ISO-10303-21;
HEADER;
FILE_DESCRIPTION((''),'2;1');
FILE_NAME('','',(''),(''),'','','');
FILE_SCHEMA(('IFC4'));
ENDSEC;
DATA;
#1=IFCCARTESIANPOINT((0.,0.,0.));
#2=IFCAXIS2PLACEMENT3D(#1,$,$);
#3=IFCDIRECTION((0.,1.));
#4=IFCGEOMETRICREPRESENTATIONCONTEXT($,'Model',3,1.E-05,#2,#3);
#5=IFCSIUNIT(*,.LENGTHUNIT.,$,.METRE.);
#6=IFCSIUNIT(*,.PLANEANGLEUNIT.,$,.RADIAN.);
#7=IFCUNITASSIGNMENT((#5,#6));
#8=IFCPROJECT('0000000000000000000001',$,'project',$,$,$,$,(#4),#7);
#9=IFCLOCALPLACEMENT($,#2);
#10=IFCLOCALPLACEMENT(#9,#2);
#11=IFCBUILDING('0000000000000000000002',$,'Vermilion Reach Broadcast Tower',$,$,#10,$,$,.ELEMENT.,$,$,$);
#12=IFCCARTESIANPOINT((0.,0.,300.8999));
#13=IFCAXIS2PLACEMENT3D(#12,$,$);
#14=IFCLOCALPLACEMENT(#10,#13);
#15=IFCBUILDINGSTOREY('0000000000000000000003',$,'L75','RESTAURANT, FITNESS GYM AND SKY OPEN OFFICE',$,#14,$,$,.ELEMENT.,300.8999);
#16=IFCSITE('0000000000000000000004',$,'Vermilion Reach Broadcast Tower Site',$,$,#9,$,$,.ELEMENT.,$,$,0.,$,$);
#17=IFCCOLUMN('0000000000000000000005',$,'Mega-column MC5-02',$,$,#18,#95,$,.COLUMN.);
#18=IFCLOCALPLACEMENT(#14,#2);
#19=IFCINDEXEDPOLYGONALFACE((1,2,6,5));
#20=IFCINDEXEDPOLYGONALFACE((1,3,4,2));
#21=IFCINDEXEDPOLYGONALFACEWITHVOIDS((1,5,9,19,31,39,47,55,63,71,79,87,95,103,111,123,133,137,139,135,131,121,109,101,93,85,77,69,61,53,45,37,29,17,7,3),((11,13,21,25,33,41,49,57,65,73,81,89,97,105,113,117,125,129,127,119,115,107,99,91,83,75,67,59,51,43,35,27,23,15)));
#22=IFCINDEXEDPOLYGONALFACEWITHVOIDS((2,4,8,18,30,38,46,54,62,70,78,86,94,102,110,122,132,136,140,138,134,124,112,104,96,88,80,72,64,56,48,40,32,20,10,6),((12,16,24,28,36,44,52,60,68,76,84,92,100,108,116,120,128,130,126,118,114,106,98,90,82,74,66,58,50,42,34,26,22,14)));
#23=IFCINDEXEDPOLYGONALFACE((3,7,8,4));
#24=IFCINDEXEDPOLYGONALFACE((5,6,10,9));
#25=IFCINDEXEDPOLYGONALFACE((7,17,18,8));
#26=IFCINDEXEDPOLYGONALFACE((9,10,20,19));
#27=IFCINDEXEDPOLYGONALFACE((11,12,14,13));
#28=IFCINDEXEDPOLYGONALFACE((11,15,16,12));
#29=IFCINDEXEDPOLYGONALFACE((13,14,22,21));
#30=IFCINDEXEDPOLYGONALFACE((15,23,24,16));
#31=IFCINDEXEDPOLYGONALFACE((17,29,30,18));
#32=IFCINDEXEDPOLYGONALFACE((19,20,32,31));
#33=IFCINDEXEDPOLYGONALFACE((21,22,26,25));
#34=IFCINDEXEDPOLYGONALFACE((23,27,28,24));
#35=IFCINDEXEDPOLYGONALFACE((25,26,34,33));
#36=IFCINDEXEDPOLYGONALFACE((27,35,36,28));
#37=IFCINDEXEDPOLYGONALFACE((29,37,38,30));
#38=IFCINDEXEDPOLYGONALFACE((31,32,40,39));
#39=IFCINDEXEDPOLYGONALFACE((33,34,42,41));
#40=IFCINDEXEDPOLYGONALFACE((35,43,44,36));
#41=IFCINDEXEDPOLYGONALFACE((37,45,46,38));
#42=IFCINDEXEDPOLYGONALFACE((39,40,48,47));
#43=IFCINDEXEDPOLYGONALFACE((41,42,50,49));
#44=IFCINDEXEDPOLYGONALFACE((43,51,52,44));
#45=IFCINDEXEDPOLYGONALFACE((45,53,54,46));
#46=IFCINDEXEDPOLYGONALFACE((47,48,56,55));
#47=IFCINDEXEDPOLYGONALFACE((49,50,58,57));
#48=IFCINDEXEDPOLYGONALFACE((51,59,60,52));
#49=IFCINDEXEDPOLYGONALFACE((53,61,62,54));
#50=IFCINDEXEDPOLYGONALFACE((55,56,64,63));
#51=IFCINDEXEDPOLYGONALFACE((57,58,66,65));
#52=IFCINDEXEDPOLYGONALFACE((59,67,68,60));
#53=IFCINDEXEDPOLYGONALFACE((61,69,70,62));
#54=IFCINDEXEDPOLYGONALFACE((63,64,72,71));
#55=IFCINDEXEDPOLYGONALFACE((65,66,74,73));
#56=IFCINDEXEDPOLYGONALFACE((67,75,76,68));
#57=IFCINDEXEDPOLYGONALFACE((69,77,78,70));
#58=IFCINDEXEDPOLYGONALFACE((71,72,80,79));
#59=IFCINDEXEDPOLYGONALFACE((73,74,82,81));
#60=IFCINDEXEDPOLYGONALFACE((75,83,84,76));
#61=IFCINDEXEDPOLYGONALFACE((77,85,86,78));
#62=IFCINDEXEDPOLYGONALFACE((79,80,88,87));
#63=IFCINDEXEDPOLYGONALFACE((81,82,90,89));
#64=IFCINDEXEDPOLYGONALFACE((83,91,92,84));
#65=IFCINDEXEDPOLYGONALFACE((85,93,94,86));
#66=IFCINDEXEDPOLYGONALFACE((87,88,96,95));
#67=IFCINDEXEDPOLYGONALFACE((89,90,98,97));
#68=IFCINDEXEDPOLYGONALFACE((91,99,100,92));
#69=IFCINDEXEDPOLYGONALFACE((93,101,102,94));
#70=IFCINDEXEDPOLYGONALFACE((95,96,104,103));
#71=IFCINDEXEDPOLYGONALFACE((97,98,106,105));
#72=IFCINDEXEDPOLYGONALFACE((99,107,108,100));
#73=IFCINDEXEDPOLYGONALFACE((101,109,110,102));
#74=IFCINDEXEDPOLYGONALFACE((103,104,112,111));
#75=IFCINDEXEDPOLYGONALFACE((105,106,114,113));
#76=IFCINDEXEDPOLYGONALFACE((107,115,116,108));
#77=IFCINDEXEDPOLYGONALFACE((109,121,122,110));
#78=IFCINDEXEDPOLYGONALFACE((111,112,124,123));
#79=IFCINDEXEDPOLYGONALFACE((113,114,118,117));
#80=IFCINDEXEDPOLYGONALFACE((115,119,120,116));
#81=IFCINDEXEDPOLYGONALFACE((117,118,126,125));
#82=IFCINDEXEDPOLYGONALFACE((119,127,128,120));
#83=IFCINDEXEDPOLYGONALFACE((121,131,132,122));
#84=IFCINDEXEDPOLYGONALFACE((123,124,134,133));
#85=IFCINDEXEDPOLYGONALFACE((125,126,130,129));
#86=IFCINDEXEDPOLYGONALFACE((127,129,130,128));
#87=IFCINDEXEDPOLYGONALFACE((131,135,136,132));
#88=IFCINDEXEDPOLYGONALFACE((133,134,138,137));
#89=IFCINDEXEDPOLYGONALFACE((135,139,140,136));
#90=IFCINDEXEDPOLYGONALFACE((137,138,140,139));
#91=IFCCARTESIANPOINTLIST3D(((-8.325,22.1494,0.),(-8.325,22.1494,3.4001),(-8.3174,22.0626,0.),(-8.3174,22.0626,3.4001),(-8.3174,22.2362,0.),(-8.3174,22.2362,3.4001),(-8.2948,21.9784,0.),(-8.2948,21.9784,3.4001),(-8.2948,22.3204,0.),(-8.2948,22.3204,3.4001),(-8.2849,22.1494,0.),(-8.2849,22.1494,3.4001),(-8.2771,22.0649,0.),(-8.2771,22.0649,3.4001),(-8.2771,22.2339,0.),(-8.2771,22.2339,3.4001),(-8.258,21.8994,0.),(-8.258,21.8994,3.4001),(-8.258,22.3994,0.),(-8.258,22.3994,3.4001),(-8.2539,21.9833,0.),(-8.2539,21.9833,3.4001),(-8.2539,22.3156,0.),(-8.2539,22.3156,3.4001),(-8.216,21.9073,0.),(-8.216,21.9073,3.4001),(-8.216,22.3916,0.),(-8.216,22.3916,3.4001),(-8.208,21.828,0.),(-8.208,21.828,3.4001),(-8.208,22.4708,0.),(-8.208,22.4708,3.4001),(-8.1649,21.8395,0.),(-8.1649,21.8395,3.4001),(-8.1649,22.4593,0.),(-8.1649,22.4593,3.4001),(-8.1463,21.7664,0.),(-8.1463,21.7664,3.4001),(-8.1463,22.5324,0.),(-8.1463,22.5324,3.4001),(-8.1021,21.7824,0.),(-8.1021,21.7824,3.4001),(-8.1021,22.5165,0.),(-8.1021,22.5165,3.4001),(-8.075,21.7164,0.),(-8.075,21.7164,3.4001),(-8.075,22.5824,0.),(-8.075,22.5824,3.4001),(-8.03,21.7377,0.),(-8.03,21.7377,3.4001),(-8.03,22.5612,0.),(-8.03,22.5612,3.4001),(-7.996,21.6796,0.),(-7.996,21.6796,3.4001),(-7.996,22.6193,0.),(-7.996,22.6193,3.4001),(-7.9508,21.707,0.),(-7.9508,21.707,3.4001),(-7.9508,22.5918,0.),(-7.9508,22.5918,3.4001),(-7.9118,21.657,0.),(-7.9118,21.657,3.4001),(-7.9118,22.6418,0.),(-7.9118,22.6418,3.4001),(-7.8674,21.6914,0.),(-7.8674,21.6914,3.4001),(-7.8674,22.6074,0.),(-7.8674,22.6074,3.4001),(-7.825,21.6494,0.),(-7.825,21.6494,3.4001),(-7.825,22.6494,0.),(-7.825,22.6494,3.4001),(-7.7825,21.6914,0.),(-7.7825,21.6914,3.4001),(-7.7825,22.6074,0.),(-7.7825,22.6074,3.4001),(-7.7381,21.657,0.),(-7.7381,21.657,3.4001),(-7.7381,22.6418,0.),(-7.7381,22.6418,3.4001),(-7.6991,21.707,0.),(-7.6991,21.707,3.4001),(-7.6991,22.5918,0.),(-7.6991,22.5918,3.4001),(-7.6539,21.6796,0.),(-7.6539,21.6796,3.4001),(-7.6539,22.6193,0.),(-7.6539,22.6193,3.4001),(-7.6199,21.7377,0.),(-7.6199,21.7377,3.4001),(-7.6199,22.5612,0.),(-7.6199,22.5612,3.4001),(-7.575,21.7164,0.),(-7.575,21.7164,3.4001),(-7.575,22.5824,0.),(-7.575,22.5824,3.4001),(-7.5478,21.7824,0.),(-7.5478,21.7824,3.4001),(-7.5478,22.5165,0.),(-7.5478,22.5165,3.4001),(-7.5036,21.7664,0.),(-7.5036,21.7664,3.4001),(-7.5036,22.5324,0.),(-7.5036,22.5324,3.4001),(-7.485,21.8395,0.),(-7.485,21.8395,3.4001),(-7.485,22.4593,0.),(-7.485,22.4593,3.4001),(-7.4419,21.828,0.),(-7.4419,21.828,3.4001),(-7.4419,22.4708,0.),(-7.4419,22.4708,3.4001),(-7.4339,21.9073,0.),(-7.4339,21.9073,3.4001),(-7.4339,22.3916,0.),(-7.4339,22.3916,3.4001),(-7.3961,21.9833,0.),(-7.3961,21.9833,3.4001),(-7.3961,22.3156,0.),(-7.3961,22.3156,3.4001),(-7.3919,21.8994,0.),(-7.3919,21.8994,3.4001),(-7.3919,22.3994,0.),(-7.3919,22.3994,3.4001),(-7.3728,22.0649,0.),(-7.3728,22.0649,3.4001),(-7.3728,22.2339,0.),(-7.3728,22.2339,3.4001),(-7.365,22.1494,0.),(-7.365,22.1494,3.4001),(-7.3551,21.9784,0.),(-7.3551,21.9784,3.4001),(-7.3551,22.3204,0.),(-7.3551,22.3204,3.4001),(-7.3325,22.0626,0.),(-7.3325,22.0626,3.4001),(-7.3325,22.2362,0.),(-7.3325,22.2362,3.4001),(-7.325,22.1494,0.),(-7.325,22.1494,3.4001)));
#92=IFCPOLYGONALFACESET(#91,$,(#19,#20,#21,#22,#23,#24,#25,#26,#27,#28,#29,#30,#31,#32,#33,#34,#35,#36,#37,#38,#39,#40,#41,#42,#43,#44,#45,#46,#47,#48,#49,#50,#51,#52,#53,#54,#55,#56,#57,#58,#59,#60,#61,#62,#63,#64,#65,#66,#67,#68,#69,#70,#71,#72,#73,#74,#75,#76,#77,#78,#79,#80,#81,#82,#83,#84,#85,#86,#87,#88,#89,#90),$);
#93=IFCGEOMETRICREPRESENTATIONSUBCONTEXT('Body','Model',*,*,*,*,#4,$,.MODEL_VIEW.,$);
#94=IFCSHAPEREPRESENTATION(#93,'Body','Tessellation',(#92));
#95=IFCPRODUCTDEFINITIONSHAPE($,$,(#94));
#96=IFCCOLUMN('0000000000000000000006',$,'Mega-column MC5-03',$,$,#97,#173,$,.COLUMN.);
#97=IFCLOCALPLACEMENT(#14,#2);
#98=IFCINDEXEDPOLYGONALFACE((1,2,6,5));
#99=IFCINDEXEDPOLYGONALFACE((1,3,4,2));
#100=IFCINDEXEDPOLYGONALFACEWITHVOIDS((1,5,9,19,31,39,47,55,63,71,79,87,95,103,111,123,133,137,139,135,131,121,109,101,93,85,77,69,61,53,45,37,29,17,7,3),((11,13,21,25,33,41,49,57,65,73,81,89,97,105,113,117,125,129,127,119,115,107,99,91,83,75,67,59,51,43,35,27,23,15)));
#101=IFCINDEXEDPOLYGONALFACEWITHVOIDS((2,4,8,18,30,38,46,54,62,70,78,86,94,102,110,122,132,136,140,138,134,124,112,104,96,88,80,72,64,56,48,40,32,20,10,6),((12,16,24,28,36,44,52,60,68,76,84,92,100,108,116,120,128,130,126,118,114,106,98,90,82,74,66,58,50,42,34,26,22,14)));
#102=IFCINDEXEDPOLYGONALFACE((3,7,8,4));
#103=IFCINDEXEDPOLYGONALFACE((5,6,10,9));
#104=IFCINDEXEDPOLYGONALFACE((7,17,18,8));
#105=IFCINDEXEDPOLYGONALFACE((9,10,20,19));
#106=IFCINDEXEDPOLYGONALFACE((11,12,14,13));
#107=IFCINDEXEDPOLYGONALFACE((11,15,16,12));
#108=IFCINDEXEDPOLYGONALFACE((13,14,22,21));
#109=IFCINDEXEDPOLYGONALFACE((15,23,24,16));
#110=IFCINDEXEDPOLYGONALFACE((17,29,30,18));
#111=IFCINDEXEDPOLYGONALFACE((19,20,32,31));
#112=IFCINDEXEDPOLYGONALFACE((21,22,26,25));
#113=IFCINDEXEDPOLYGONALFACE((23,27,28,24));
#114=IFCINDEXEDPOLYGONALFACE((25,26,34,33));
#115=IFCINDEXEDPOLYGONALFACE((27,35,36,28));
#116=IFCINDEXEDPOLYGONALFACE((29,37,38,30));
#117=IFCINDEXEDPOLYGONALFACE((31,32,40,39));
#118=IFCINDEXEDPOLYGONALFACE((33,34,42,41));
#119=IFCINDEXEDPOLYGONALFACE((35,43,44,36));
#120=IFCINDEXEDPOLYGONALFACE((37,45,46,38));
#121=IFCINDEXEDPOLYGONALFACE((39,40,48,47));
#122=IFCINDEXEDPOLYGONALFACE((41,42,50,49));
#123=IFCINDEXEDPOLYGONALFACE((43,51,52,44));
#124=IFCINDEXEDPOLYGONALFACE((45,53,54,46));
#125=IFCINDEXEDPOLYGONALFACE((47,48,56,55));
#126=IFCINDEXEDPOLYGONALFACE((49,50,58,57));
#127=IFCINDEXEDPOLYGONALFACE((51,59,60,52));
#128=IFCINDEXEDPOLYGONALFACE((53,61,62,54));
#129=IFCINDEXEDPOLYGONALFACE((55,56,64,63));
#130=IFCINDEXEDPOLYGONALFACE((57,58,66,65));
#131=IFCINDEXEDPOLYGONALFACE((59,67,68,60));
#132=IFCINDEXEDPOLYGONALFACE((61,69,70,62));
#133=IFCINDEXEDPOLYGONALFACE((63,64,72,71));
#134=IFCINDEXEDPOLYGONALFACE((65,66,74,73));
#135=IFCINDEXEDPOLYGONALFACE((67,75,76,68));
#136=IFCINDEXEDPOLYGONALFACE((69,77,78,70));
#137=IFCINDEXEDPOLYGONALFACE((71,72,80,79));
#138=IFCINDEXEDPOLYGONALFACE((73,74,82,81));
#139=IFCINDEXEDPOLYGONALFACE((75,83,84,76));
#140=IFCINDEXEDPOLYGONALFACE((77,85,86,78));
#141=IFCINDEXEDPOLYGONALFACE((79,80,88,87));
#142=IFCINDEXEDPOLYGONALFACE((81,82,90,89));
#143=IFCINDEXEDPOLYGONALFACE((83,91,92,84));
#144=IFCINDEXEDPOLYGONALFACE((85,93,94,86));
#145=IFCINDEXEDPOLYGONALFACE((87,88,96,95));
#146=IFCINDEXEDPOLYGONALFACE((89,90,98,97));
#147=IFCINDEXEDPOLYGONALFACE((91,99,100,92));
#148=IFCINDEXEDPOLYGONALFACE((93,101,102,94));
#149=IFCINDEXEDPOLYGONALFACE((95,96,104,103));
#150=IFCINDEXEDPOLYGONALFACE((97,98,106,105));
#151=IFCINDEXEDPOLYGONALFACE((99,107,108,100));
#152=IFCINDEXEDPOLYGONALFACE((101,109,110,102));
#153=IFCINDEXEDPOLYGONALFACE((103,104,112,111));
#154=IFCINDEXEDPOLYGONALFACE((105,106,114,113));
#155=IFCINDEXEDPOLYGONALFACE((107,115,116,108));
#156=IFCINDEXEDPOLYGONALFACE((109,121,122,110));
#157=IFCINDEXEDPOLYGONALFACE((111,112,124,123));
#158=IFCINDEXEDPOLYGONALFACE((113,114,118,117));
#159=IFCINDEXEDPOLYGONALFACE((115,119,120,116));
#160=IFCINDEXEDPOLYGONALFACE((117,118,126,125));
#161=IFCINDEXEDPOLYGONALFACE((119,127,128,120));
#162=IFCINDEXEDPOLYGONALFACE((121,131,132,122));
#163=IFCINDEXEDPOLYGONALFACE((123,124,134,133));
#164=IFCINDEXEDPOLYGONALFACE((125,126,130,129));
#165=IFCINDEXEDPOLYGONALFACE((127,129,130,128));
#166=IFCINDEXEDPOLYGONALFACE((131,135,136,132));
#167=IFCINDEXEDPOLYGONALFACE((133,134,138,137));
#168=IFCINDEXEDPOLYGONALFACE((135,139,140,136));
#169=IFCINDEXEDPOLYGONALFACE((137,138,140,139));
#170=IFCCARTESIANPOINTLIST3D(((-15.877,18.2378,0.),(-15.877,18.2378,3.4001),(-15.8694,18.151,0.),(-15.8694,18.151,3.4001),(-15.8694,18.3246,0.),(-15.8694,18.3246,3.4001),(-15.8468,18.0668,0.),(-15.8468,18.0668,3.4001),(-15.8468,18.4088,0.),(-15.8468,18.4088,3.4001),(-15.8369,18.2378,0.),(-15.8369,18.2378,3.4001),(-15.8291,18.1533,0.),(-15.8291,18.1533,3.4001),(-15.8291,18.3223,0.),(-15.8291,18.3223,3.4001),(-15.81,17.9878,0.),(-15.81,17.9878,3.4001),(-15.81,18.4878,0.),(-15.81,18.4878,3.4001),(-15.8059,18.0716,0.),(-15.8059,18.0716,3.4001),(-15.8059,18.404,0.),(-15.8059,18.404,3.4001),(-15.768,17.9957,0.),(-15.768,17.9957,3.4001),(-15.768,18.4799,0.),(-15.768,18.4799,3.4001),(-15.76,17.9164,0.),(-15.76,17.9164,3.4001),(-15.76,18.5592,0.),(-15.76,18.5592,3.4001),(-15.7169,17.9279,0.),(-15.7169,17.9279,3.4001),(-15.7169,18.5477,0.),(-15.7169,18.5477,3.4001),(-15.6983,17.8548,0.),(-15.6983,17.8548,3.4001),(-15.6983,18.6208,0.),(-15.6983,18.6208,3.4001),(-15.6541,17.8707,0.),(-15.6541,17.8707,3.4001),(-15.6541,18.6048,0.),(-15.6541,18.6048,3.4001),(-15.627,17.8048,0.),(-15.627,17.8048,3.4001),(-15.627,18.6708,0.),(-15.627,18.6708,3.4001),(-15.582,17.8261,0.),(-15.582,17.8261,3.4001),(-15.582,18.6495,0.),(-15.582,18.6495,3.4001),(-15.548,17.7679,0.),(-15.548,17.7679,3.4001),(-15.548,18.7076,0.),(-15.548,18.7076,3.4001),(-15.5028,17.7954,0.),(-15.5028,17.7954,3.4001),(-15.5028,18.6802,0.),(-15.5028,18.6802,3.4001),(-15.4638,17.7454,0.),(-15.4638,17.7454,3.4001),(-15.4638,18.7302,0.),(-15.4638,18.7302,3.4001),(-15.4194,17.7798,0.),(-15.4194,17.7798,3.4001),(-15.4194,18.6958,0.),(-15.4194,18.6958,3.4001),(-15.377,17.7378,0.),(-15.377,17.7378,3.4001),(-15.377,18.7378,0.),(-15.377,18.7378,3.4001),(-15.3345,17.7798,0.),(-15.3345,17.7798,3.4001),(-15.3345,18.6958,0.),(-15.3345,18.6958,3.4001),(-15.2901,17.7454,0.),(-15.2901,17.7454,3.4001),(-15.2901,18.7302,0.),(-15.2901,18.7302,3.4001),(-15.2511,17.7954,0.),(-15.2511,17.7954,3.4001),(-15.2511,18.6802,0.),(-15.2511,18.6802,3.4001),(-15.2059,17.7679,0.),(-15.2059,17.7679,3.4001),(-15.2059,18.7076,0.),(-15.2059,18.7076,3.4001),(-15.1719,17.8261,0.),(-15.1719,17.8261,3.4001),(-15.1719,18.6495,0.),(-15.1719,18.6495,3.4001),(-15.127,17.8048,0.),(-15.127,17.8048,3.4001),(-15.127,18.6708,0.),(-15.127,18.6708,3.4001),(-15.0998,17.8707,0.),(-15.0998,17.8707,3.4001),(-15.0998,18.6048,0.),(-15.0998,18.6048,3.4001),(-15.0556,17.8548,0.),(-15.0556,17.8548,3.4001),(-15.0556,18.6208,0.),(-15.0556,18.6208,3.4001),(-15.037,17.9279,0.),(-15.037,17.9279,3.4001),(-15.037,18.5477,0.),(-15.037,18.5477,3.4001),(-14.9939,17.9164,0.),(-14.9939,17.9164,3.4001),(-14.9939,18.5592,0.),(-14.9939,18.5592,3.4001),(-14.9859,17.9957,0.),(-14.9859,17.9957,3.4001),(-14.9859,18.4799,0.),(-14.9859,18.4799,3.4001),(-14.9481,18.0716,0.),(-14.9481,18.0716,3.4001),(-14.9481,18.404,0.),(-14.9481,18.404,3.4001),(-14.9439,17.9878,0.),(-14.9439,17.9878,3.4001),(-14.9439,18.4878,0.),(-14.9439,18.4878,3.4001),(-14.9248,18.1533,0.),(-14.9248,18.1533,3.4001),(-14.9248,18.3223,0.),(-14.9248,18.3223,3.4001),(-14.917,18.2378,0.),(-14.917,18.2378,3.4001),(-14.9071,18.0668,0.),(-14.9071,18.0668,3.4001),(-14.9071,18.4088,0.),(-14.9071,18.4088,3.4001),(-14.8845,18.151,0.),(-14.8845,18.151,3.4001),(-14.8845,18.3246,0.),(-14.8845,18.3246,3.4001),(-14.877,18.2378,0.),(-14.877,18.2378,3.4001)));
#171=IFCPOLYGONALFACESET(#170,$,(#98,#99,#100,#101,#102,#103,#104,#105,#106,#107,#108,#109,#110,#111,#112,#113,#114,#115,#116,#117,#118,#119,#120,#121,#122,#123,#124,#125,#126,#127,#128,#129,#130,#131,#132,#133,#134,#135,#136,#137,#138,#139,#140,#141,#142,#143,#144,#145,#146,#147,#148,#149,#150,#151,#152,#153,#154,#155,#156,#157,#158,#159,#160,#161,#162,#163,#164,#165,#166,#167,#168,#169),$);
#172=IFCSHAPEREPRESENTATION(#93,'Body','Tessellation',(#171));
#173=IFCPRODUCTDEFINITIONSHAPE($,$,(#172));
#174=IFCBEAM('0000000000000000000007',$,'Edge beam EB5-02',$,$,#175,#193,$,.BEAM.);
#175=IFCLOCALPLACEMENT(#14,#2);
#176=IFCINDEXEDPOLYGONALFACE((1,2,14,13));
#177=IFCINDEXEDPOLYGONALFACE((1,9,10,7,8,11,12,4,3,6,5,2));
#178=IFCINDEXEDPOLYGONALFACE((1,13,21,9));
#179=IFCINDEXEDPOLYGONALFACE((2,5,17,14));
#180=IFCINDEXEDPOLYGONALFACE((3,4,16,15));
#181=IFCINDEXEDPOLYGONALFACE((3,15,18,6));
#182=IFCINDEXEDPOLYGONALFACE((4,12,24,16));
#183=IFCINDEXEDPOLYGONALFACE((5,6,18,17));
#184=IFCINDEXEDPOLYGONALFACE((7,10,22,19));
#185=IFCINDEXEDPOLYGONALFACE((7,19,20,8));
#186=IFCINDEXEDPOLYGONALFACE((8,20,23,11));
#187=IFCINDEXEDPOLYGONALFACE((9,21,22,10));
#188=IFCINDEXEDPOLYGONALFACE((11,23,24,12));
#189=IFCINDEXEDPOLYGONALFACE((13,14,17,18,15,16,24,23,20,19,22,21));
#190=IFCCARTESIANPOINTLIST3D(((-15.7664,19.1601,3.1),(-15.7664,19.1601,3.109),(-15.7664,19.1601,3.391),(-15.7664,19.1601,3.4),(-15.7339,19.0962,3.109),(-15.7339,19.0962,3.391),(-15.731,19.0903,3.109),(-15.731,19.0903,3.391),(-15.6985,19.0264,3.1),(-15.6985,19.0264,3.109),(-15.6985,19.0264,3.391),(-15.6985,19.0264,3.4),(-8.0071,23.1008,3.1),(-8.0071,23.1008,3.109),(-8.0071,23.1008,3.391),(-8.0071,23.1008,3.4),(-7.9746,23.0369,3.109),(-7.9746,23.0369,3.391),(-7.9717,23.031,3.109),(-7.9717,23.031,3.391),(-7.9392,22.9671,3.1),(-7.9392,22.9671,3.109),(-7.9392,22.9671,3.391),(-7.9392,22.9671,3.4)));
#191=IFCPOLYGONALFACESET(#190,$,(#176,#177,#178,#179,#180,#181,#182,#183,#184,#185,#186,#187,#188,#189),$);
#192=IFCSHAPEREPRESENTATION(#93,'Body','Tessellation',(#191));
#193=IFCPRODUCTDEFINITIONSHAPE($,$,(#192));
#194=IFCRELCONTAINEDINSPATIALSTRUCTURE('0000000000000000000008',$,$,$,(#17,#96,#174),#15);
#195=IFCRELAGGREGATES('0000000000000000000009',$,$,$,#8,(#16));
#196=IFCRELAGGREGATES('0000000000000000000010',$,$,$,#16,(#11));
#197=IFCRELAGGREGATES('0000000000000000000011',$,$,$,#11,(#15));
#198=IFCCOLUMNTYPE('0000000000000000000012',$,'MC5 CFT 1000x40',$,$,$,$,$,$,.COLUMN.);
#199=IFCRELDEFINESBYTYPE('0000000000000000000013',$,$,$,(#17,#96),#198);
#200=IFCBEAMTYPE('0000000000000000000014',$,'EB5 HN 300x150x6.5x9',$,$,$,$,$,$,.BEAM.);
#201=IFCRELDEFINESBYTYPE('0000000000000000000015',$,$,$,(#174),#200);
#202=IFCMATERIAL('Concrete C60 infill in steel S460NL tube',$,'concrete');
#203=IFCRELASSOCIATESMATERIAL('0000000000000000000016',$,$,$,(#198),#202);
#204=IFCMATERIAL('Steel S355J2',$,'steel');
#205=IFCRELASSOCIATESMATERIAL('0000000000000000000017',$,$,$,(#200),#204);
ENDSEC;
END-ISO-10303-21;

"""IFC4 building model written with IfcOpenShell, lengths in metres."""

from ifc_helpers import new_model, si_unit, direction, frame, origin, origin_2d, place, context, subcontext, project, spatial, hollow_circle, i_section, extrude, material, material_profile, profile_set, type_object, element, save


model = new_model("IFC4")

# Units and contexts
model_context = context("Model", 3, precision=1e-05, world=origin(), true_north=direction((0.0, 1.0)))
body_context = subcontext(model_context, "Body", "Model", "MODEL_VIEW")
ifc_project = project(units=[si_unit("LENGTHUNIT", "METRE"), si_unit("PLANEANGLEUNIT", "RADIAN")], contexts=[model_context])

# Site, building, storey
site_placement = place(None, origin())
site = spatial("IfcSite", under=ifc_project, at=site_placement, Name="Vermilion Reach Broadcast Tower Site", CompositionType="ELEMENT", RefElevation=0.0)
building_placement = place(site_placement, origin())
building = spatial("IfcBuilding", under=site, at=building_placement, Name="Vermilion Reach Broadcast Tower", CompositionType="ELEMENT")
storey_placement = place(building_placement, frame((0.0, 0.0, 300.8999)))
storey = spatial("IfcBuildingStorey", under=building, at=storey_placement, Name="L75", Description="RESTAURANT, FITNESS GYM AND SKY OPEN OFFICE", CompositionType="ELEMENT", Elevation=300.8999)

# Columns
ifc_material_1 = material(Name="Concrete C60 infill in steel S460NL tube", Category="concrete")
ifc_material_profile_1 = material_profile(ifc_material_1, hollow_circle(Radius=0.5, WallThickness=0.04, at=origin_2d()), Name="Concrete C60 infill in steel S460NL tube CFT 1000x40")
ifc_profile_set_1 = profile_set([ifc_material_profile_1], Name="Concrete C60 infill in steel S460NL tube")
column_type = type_object("IfcColumnType", Name="MC5 CFT 1000x40", PredefinedType="COLUMN", material=ifc_profile_set_1)
for number, where, z_axis, x_axis, name in (
    (1, (-7.825, 22.1494, 0.0), (0.0, 0.0, 1.0), (1.0, 0.0, 0.0), "Mega-column MC5-02"),
    (2, (-15.377, 18.2378, 0.0), (0.0, 0.0, 1.0), (1.0, 0.0, 0.0), "Mega-column MC5-03"),
):
    element("IfcColumn", number, at=place(storey_placement, frame(where, z_axis=z_axis, x_axis=x_axis)), inside=storey, type_object=column_type, Name=name, PredefinedType="COLUMN", context=body_context, shape_type="SweptSolid", body=[
        extrude(hollow_circle(Radius=0.5, WallThickness=0.04, at=origin_2d()), origin(), (0.0, 0.0, 1.0), 3.4001),
    ])

# Beam
ifc_material_2 = material(Name="Steel S355J2", Category="steel")
ifc_material_profile_2 = material_profile(ifc_material_2, i_section(OverallWidth=0.1499, OverallDepth=0.3, WebThickness=0.0066, FlangeThickness=0.009, at=origin_2d()), Name="S355J2 HN 300x150x6.5x9")
ifc_profile_set_2 = profile_set([ifc_material_profile_2], Name="Steel S355J2")
beam_type_1 = type_object("IfcBeamType", Name="EB5 HN 300x150x6.5x9", PredefinedType="BEAM", material=ifc_profile_set_2)
beam_1_placement = place(storey_placement, frame((-7.9731, 23.0339, 3.25), z_axis=(-0.891604, -0.452816, 0.0), x_axis=(0.452816, -0.891604, 0.0)))
element("IfcBeam", 3, at=beam_1_placement, inside=storey, type_object=beam_type_1, Name="Edge beam EB5-02", PredefinedType="BEAM", context=body_context, shape_type="SweptSolid", body=[
    extrude(i_section(OverallWidth=0.1499, OverallDepth=0.3, WebThickness=0.0066, FlangeThickness=0.009, at=origin_2d()), origin(), (0.0, 0.0, 1.0), 8.7026),
])

save(model, "model.ifc")
